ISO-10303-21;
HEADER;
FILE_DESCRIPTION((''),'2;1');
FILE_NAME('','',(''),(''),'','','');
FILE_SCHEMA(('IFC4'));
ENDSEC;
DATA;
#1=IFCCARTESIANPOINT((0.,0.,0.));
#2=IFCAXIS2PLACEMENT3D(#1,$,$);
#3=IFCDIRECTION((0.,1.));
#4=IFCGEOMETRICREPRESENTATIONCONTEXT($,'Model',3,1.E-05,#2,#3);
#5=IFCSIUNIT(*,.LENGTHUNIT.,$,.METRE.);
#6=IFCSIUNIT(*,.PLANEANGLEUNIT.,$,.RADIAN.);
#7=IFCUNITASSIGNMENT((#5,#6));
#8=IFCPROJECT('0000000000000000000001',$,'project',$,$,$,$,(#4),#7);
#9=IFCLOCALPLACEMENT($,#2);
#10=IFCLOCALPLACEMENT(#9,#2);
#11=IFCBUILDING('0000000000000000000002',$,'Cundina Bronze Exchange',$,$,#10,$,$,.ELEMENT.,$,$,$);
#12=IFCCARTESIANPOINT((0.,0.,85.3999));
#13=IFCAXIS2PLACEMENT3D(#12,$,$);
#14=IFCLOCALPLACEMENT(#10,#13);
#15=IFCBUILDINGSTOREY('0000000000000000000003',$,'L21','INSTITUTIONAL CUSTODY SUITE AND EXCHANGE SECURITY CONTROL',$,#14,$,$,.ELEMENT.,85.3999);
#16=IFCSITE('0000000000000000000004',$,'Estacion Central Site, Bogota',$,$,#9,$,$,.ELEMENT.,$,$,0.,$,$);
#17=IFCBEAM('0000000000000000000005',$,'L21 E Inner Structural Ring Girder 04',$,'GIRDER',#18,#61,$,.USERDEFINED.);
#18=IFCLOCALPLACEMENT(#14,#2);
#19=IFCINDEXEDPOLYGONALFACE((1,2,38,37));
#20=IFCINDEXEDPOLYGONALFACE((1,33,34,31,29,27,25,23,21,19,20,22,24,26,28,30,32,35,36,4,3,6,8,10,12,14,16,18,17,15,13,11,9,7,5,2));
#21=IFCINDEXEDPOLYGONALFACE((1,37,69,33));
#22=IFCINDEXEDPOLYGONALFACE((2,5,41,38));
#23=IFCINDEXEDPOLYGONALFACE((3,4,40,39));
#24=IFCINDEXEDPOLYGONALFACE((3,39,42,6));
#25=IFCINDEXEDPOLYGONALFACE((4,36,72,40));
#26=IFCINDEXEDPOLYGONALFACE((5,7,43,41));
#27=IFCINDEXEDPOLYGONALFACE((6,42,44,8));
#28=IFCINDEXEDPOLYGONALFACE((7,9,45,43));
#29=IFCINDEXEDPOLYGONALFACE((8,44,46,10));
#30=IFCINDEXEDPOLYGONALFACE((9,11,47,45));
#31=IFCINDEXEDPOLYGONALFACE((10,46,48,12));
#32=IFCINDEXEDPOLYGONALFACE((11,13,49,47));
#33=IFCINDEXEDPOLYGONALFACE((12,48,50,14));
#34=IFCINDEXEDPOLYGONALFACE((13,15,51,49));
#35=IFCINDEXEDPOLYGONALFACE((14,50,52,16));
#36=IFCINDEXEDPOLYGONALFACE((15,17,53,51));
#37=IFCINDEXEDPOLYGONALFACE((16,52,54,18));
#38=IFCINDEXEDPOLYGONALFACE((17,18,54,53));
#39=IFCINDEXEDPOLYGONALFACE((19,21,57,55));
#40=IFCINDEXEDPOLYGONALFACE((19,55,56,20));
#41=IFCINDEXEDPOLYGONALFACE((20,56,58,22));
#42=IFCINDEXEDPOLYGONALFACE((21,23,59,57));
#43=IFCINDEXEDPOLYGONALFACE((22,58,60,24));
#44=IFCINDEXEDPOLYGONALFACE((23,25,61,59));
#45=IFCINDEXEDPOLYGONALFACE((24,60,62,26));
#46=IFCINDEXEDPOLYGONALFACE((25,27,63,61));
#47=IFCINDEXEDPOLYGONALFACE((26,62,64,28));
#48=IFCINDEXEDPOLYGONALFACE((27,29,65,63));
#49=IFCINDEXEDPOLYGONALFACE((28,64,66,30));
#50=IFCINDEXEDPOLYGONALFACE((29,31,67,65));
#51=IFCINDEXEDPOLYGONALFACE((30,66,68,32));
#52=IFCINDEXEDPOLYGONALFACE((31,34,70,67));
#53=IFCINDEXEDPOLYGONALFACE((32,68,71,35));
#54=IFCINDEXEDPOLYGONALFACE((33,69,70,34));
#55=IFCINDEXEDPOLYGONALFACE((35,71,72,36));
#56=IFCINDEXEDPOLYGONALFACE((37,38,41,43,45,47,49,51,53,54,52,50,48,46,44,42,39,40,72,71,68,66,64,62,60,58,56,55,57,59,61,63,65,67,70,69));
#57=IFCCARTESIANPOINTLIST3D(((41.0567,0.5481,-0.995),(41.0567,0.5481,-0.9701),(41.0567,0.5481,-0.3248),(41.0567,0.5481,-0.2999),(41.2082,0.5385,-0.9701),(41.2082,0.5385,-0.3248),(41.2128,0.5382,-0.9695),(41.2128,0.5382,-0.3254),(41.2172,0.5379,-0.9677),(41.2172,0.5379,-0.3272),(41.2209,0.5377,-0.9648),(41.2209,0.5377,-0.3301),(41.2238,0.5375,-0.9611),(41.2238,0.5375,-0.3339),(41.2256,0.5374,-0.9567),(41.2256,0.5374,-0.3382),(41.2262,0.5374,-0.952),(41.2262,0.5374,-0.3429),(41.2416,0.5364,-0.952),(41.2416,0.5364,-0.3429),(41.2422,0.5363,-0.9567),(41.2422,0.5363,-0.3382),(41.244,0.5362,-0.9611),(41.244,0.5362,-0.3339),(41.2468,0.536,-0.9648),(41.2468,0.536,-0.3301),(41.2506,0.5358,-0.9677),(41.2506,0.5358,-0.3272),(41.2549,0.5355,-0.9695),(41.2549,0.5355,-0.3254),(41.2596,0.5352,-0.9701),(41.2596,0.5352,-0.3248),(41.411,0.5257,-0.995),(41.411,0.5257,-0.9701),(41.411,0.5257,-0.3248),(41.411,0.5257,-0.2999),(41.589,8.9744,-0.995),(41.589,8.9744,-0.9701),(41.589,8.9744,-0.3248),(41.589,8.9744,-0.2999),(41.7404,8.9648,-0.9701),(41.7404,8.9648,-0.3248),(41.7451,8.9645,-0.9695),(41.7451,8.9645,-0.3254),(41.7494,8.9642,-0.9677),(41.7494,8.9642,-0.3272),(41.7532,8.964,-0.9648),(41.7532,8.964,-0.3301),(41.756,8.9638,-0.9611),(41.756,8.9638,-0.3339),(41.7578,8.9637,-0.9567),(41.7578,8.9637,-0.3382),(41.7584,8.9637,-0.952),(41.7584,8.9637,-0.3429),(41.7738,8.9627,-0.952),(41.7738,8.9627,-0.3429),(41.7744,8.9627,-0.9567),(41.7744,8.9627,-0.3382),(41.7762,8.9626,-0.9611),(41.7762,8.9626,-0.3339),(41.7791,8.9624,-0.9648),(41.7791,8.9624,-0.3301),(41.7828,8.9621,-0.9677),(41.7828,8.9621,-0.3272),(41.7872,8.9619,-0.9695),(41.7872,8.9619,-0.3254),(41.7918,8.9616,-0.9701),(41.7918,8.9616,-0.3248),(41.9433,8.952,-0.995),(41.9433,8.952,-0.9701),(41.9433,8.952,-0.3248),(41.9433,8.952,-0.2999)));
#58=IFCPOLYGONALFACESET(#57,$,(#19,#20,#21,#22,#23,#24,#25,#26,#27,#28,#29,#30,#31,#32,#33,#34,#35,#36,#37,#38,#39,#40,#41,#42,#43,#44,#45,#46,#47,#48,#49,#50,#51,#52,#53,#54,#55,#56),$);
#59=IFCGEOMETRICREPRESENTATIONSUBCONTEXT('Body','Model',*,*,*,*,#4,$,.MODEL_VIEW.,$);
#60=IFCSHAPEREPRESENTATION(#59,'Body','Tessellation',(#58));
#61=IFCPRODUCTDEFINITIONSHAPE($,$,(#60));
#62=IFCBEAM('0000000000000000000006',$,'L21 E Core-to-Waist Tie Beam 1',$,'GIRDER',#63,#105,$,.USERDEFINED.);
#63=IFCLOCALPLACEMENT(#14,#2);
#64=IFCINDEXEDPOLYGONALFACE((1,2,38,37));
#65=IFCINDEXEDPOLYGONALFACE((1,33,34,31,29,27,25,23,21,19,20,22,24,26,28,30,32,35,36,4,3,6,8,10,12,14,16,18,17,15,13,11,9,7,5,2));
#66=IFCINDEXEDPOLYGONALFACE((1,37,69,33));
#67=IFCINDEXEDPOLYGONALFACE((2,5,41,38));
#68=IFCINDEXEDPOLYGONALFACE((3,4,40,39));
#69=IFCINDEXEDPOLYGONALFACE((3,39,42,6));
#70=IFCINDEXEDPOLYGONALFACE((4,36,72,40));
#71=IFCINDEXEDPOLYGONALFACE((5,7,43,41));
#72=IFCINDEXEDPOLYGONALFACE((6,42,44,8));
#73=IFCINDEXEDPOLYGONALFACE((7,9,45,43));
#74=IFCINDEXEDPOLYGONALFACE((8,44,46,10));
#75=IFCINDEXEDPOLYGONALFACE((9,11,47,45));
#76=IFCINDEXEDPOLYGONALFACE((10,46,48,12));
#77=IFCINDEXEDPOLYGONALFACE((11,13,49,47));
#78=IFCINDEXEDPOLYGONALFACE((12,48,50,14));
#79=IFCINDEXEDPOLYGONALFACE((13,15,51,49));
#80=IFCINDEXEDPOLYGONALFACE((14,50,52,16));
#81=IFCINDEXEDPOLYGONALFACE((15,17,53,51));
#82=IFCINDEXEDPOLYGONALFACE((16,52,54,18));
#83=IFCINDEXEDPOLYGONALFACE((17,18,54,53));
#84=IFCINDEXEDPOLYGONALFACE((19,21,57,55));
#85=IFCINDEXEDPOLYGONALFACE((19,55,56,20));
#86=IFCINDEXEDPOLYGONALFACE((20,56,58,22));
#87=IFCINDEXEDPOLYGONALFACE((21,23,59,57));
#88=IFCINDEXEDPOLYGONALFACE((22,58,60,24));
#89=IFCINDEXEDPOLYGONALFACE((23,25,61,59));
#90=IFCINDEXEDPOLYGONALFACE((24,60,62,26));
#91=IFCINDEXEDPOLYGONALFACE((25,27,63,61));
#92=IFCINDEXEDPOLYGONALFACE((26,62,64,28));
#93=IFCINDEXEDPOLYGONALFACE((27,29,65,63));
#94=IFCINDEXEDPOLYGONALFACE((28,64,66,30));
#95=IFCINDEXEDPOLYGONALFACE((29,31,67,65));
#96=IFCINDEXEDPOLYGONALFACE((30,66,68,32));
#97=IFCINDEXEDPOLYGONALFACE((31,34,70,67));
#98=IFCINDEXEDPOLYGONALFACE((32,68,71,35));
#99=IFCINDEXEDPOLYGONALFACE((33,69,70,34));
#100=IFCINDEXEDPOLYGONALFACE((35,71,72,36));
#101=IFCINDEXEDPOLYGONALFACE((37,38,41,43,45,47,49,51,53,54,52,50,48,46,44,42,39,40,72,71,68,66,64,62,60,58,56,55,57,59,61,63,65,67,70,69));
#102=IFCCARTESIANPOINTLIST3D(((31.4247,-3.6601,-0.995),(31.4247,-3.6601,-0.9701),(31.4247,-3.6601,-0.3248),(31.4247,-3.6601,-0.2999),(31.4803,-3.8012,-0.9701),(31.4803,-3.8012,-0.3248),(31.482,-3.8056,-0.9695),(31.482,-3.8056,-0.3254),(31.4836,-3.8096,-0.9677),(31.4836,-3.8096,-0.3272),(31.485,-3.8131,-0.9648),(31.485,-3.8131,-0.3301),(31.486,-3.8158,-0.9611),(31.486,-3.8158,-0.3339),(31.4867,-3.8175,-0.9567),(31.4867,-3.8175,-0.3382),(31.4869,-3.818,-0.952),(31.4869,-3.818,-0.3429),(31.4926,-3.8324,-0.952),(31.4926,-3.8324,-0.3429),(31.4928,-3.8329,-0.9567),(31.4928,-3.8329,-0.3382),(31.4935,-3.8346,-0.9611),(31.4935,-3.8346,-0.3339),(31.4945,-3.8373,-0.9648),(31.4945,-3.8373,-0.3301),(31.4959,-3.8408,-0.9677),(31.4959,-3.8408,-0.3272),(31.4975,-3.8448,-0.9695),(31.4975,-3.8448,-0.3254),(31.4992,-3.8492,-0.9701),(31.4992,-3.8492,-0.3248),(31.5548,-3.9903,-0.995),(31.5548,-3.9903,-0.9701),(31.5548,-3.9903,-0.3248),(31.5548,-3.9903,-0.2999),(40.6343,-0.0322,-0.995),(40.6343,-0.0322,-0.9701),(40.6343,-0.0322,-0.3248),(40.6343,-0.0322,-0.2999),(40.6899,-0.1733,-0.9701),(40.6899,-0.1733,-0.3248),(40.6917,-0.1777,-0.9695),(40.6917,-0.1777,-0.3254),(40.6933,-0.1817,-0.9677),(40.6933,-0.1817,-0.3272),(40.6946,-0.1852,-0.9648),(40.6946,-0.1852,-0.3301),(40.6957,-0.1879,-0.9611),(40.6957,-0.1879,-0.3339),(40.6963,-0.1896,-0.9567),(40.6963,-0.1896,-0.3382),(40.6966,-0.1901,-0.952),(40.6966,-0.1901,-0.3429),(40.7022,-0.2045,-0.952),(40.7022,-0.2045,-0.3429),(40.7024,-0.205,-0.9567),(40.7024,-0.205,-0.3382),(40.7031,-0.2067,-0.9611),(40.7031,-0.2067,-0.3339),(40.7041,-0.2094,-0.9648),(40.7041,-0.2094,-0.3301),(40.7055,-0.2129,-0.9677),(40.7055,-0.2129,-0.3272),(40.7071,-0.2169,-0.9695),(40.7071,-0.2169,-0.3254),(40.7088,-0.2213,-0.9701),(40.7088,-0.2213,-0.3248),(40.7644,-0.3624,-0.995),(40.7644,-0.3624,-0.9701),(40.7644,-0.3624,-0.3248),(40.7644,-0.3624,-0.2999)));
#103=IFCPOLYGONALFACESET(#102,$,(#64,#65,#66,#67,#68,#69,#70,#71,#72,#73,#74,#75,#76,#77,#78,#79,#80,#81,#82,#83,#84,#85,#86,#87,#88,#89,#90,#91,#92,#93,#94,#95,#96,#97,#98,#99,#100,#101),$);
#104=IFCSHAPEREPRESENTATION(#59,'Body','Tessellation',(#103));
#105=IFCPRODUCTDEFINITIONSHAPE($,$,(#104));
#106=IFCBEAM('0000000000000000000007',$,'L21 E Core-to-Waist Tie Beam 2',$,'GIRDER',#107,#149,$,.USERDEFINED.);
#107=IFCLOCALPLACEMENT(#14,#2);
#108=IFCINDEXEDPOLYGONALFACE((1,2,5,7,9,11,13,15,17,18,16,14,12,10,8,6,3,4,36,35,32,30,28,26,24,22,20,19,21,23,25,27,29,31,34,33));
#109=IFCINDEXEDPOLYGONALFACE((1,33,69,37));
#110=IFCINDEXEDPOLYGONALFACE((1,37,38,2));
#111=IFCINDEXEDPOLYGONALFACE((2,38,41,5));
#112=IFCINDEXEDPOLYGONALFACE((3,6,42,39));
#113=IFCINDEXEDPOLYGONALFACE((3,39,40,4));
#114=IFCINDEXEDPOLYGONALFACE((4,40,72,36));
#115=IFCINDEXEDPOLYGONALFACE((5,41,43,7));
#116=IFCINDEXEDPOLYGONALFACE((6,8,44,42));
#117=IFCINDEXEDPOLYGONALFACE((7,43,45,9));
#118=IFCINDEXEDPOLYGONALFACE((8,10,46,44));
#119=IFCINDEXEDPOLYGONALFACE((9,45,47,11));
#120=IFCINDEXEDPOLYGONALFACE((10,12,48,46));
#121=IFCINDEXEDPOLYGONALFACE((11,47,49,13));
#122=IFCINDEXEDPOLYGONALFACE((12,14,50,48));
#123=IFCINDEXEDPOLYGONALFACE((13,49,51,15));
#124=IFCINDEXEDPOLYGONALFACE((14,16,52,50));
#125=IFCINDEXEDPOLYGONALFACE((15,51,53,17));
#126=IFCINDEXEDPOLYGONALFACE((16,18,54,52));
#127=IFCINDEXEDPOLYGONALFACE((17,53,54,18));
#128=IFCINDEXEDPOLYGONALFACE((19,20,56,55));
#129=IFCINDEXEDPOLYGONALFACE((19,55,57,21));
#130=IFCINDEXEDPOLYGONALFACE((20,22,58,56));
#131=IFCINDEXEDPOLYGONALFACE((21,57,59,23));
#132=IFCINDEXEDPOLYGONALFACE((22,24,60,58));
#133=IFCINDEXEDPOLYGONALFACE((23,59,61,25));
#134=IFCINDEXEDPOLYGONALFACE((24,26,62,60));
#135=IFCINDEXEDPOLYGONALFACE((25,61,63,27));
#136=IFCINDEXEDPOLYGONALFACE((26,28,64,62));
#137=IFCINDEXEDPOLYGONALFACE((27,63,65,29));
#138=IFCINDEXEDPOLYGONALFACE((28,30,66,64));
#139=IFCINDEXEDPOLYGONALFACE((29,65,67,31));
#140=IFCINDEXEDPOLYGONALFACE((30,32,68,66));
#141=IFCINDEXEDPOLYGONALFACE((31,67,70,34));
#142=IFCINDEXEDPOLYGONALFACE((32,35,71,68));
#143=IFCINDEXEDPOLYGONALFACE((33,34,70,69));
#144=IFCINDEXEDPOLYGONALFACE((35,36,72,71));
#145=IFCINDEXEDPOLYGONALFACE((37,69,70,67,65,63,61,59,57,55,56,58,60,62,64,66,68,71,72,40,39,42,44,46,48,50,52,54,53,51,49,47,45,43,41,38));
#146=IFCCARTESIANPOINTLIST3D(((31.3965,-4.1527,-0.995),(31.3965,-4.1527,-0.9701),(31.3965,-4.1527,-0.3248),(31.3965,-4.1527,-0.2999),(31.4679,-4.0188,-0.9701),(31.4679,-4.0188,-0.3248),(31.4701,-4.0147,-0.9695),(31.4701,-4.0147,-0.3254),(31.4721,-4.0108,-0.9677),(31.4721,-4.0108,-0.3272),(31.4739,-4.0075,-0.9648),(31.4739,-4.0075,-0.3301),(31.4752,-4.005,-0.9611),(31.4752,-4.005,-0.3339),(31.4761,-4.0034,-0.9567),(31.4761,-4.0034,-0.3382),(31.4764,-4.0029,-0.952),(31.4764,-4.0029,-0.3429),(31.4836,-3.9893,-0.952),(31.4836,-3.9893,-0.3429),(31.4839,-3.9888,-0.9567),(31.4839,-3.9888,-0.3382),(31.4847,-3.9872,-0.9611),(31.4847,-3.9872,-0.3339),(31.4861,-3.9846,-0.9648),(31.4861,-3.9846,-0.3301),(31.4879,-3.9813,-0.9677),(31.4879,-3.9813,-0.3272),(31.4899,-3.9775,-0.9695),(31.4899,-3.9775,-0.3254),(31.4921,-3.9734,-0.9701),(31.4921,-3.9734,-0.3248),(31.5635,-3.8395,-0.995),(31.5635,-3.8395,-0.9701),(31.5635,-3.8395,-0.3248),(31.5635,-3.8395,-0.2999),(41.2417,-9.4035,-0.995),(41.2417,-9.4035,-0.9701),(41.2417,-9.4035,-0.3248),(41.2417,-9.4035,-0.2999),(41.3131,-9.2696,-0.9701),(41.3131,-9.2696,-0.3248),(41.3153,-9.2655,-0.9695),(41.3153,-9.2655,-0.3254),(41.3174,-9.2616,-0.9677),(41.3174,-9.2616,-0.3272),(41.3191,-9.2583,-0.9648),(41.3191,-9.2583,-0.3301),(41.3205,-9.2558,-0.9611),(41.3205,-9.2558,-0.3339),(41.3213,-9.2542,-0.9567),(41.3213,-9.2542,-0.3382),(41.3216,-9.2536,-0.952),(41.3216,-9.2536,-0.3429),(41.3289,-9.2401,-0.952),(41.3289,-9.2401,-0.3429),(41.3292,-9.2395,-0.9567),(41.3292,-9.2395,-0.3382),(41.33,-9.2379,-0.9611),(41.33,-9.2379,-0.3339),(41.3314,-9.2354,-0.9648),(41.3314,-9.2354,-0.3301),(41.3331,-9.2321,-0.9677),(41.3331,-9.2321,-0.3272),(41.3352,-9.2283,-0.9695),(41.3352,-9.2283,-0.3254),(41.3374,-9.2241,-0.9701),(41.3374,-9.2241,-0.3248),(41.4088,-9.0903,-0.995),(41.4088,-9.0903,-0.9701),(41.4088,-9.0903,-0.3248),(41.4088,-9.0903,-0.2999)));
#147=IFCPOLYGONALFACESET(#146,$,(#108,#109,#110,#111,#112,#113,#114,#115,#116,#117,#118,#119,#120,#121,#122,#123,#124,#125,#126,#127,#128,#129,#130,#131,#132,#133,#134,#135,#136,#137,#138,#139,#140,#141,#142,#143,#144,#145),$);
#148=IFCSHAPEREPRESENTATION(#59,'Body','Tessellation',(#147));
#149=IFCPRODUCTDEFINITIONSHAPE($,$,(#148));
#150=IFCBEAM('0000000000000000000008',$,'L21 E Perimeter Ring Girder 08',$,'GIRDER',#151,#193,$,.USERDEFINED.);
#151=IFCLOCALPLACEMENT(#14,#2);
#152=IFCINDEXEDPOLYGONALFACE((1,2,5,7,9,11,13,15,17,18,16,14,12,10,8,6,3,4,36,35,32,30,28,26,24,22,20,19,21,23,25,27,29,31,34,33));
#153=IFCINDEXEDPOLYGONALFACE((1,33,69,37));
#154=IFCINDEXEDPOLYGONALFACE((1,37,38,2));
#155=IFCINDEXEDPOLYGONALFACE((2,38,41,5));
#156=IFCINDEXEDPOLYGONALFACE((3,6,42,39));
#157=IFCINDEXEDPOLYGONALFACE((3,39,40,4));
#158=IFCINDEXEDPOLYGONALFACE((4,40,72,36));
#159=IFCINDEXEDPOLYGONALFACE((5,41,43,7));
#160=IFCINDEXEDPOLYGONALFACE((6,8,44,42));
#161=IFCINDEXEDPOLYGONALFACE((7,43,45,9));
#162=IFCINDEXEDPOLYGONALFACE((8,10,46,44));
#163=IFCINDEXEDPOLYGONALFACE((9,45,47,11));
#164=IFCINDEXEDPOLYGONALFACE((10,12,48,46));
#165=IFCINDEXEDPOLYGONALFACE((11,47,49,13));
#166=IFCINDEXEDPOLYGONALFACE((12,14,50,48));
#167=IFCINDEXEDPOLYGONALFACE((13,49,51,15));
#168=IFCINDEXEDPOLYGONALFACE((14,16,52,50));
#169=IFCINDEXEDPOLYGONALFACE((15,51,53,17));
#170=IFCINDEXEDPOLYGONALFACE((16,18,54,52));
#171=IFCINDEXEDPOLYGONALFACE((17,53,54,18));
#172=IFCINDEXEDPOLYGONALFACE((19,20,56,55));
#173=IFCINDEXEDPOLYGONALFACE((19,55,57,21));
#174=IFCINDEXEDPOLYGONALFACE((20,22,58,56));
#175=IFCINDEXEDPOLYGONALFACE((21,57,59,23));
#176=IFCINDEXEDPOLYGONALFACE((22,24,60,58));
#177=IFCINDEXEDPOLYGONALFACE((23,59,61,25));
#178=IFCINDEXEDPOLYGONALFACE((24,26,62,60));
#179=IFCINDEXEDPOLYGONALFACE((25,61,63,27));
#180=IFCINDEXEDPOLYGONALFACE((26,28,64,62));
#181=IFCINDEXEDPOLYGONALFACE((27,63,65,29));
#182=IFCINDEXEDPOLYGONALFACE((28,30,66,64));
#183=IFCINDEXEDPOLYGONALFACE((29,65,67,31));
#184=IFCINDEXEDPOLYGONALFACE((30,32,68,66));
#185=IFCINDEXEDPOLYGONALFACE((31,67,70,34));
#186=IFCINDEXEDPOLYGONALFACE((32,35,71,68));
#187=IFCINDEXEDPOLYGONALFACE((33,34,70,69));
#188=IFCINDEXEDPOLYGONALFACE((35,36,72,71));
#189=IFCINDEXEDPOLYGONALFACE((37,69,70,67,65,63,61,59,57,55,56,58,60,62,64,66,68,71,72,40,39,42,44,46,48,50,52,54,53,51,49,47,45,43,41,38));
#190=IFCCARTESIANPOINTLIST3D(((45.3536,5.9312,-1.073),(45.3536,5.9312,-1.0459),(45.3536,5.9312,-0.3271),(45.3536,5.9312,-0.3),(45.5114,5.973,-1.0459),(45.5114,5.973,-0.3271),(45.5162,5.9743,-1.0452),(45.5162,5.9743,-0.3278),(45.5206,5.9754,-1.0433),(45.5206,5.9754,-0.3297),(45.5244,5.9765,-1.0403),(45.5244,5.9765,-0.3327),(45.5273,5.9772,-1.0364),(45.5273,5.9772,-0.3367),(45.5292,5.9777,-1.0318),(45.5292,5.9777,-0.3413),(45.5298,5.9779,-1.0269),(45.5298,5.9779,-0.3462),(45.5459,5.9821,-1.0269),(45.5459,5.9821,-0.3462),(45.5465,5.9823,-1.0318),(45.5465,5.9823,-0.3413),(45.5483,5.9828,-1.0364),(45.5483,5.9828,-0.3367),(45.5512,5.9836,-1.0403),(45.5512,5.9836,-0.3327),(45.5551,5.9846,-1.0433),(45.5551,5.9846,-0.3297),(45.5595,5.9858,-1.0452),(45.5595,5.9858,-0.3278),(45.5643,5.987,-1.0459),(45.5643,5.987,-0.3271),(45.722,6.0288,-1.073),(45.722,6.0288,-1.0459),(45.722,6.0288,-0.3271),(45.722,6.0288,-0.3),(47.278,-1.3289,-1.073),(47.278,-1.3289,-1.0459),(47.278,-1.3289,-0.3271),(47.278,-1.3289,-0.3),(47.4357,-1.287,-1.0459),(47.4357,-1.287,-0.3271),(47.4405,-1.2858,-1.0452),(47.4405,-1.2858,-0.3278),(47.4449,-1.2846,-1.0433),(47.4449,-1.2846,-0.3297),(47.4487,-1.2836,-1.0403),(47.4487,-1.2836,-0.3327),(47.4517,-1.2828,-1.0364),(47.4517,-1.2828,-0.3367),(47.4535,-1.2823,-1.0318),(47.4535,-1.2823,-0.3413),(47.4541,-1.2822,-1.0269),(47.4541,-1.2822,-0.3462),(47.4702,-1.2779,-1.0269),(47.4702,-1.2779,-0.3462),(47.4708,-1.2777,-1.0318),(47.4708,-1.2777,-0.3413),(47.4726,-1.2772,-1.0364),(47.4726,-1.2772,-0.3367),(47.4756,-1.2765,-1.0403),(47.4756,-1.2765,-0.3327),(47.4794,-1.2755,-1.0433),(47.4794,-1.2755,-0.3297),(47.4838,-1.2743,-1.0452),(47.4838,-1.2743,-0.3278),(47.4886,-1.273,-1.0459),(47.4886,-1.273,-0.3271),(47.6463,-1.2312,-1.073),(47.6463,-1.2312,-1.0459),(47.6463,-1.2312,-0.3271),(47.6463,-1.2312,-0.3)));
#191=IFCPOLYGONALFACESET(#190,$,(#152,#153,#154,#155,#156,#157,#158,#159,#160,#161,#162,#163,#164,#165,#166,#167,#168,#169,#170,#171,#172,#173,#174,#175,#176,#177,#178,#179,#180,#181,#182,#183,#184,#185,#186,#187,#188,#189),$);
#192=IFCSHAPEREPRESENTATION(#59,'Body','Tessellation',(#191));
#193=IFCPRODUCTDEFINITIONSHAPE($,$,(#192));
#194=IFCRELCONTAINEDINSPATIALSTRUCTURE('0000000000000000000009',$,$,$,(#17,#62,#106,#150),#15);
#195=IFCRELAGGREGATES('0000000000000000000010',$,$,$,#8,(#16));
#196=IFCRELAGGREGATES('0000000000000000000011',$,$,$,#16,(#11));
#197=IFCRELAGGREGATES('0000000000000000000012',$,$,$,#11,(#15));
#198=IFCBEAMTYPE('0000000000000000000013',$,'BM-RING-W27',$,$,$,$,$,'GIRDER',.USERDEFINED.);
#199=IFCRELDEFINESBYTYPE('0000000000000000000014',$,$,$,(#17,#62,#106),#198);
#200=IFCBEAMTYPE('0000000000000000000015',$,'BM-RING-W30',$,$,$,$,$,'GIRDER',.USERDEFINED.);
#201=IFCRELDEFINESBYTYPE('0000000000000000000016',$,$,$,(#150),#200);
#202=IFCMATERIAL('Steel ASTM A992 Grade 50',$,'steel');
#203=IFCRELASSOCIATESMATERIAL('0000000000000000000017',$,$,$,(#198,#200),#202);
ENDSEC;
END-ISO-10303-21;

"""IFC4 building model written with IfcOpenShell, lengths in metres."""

from ifc_helpers import new_model, si_unit, direction, frame, origin, origin_2d, place, context, subcontext, project, spatial, i_section, extrude, material, material_profile, profile_set, type_object, element, save


model = new_model("IFC4")

# Units and contexts
model_context = context("Model", 3, precision=1e-05, world=origin(), true_north=direction((0.0, 1.0)))
body_context = subcontext(model_context, "Body", "Model", "MODEL_VIEW")
ifc_project = project(units=[si_unit("LENGTHUNIT", "METRE"), si_unit("PLANEANGLEUNIT", "RADIAN")], contexts=[model_context])

# Site, building, storey
site_placement = place(None, origin())
site = spatial("IfcSite", under=ifc_project, at=site_placement, Name="Estacion Central Site, Bogota", CompositionType="ELEMENT", RefElevation=0.0)
building_placement = place(site_placement, origin())
building = spatial("IfcBuilding", under=site, at=building_placement, Name="Cundina Bronze Exchange", CompositionType="ELEMENT")
storey_placement = place(building_placement, frame((0.0, 0.0, 85.3999)))
storey = spatial("IfcBuildingStorey", under=building, at=storey_placement, Name="L21", Description="INSTITUTIONAL CUSTODY SUITE AND EXCHANGE SECURITY CONTROL", CompositionType="ELEMENT", Elevation=85.3999)

# Beams
ifc_material_1 = material(Name="Steel ASTM A992 Grade 50", Category="steel")
ifc_material_profile_1 = material_profile(ifc_material_1, i_section(OverallWidth=0.355, OverallDepth=0.6951, WebThickness=0.0154, FlangeThickness=0.0249, FilletRadius=0.0181, at=origin_2d()), Name="W27X146", Category="steel")
ifc_profile_set_1 = profile_set([ifc_material_profile_1], Name="Steel ASTM A992 Grade 50")
beam_type_1 = type_object("IfcBeamType", Name="BM-RING-W27", ElementType="GIRDER", PredefinedType="USERDEFINED", material=ifc_profile_set_1)
beam_1_placement = place(storey_placement, frame((41.2339, 0.5369, -0.6475), z_axis=(0.063037, 0.998011, 0.0), x_axis=(-0.998011, 0.063037, 0.0)))
element("IfcBeam", 1, at=beam_1_placement, inside=storey, type_object=beam_type_1, Name="L21 E Inner Structural Ring Girder 04", ObjectType="GIRDER", PredefinedType="USERDEFINED", context=body_context, shape_type="SweptSolid", body=[
    extrude(i_section(OverallWidth=0.355, OverallDepth=0.6951, WebThickness=0.0154, FlangeThickness=0.0249, FilletRadius=0.0181, at=origin_2d()), origin(), (0.0, 0.0, 1.0), 8.4431),
])
beam_2_placement = place(storey_placement, frame((31.4897, -3.8252, -0.6475), z_axis=(0.930413, 0.366512, 0.0), x_axis=(-0.366512, 0.930413, 0.0)))
element("IfcBeam", 2, at=beam_2_placement, inside=storey, type_object=beam_type_1, Name="L21 E Core-to-Waist Tie Beam 1", ObjectType="GIRDER", PredefinedType="USERDEFINED", context=body_context, shape_type="SweptSolid", body=[
    extrude(i_section(OverallWidth=0.355, OverallDepth=0.6951, WebThickness=0.0154, FlangeThickness=0.0249, FilletRadius=0.0181, at=origin_2d()), origin(), (0.0, 0.0, 1.0), 9.8984),
])
beam_3_placement = place(storey_placement, frame((31.48, -3.9961, -0.6475), z_axis=(0.882355, -0.470585, 0.0), x_axis=(0.470585, 0.882355, 0.0)))
element("IfcBeam", 3, at=beam_3_placement, inside=storey, type_object=beam_type_1, Name="L21 E Core-to-Waist Tie Beam 2", ObjectType="GIRDER", PredefinedType="USERDEFINED", context=body_context, shape_type="SweptSolid", body=[
    extrude(i_section(OverallWidth=0.355, OverallDepth=0.6951, WebThickness=0.0154, FlangeThickness=0.0249, FilletRadius=0.0181, at=origin_2d()), origin(), (0.0, 0.0, 1.0), 11.158),
])
ifc_material_profile_2 = material_profile(ifc_material_1, i_section(OverallWidth=0.3811, OverallDepth=0.7729, WebThickness=0.0166, FlangeThickness=0.0271, FilletRadius=0.019, at=origin_2d()), Name="W30X173", Category="steel")
ifc_profile_set_2 = profile_set([ifc_material_profile_2], Name="Steel ASTM A992 Grade 50")
beam_type_2 = type_object("IfcBeamType", Name="BM-RING-W30", ElementType="GIRDER", PredefinedType="USERDEFINED", material=ifc_profile_set_2)
for number, where, z_axis, x_axis, name in (
    (4, (47.4622, -1.28, -0.6865), (-0.25621, 0.966621, 0.0), (-0.966621, -0.25621, 0.0), "L21 E Perimeter Ring Girder 08"),
):
    element("IfcBeam", number, at=place(storey_placement, frame(where, z_axis=z_axis, x_axis=x_axis)), inside=storey, type_object=beam_type_2, Name=name, ObjectType="GIRDER", PredefinedType="USERDEFINED", context=body_context, shape_type="SweptSolid", body=[
        extrude(i_section(OverallWidth=0.3811, OverallDepth=0.7729, WebThickness=0.0166, FlangeThickness=0.0271, FilletRadius=0.019, at=origin_2d()), origin(), (0.0, 0.0, 1.0), 7.5107),
    ])

save(model, "model.ifc")
